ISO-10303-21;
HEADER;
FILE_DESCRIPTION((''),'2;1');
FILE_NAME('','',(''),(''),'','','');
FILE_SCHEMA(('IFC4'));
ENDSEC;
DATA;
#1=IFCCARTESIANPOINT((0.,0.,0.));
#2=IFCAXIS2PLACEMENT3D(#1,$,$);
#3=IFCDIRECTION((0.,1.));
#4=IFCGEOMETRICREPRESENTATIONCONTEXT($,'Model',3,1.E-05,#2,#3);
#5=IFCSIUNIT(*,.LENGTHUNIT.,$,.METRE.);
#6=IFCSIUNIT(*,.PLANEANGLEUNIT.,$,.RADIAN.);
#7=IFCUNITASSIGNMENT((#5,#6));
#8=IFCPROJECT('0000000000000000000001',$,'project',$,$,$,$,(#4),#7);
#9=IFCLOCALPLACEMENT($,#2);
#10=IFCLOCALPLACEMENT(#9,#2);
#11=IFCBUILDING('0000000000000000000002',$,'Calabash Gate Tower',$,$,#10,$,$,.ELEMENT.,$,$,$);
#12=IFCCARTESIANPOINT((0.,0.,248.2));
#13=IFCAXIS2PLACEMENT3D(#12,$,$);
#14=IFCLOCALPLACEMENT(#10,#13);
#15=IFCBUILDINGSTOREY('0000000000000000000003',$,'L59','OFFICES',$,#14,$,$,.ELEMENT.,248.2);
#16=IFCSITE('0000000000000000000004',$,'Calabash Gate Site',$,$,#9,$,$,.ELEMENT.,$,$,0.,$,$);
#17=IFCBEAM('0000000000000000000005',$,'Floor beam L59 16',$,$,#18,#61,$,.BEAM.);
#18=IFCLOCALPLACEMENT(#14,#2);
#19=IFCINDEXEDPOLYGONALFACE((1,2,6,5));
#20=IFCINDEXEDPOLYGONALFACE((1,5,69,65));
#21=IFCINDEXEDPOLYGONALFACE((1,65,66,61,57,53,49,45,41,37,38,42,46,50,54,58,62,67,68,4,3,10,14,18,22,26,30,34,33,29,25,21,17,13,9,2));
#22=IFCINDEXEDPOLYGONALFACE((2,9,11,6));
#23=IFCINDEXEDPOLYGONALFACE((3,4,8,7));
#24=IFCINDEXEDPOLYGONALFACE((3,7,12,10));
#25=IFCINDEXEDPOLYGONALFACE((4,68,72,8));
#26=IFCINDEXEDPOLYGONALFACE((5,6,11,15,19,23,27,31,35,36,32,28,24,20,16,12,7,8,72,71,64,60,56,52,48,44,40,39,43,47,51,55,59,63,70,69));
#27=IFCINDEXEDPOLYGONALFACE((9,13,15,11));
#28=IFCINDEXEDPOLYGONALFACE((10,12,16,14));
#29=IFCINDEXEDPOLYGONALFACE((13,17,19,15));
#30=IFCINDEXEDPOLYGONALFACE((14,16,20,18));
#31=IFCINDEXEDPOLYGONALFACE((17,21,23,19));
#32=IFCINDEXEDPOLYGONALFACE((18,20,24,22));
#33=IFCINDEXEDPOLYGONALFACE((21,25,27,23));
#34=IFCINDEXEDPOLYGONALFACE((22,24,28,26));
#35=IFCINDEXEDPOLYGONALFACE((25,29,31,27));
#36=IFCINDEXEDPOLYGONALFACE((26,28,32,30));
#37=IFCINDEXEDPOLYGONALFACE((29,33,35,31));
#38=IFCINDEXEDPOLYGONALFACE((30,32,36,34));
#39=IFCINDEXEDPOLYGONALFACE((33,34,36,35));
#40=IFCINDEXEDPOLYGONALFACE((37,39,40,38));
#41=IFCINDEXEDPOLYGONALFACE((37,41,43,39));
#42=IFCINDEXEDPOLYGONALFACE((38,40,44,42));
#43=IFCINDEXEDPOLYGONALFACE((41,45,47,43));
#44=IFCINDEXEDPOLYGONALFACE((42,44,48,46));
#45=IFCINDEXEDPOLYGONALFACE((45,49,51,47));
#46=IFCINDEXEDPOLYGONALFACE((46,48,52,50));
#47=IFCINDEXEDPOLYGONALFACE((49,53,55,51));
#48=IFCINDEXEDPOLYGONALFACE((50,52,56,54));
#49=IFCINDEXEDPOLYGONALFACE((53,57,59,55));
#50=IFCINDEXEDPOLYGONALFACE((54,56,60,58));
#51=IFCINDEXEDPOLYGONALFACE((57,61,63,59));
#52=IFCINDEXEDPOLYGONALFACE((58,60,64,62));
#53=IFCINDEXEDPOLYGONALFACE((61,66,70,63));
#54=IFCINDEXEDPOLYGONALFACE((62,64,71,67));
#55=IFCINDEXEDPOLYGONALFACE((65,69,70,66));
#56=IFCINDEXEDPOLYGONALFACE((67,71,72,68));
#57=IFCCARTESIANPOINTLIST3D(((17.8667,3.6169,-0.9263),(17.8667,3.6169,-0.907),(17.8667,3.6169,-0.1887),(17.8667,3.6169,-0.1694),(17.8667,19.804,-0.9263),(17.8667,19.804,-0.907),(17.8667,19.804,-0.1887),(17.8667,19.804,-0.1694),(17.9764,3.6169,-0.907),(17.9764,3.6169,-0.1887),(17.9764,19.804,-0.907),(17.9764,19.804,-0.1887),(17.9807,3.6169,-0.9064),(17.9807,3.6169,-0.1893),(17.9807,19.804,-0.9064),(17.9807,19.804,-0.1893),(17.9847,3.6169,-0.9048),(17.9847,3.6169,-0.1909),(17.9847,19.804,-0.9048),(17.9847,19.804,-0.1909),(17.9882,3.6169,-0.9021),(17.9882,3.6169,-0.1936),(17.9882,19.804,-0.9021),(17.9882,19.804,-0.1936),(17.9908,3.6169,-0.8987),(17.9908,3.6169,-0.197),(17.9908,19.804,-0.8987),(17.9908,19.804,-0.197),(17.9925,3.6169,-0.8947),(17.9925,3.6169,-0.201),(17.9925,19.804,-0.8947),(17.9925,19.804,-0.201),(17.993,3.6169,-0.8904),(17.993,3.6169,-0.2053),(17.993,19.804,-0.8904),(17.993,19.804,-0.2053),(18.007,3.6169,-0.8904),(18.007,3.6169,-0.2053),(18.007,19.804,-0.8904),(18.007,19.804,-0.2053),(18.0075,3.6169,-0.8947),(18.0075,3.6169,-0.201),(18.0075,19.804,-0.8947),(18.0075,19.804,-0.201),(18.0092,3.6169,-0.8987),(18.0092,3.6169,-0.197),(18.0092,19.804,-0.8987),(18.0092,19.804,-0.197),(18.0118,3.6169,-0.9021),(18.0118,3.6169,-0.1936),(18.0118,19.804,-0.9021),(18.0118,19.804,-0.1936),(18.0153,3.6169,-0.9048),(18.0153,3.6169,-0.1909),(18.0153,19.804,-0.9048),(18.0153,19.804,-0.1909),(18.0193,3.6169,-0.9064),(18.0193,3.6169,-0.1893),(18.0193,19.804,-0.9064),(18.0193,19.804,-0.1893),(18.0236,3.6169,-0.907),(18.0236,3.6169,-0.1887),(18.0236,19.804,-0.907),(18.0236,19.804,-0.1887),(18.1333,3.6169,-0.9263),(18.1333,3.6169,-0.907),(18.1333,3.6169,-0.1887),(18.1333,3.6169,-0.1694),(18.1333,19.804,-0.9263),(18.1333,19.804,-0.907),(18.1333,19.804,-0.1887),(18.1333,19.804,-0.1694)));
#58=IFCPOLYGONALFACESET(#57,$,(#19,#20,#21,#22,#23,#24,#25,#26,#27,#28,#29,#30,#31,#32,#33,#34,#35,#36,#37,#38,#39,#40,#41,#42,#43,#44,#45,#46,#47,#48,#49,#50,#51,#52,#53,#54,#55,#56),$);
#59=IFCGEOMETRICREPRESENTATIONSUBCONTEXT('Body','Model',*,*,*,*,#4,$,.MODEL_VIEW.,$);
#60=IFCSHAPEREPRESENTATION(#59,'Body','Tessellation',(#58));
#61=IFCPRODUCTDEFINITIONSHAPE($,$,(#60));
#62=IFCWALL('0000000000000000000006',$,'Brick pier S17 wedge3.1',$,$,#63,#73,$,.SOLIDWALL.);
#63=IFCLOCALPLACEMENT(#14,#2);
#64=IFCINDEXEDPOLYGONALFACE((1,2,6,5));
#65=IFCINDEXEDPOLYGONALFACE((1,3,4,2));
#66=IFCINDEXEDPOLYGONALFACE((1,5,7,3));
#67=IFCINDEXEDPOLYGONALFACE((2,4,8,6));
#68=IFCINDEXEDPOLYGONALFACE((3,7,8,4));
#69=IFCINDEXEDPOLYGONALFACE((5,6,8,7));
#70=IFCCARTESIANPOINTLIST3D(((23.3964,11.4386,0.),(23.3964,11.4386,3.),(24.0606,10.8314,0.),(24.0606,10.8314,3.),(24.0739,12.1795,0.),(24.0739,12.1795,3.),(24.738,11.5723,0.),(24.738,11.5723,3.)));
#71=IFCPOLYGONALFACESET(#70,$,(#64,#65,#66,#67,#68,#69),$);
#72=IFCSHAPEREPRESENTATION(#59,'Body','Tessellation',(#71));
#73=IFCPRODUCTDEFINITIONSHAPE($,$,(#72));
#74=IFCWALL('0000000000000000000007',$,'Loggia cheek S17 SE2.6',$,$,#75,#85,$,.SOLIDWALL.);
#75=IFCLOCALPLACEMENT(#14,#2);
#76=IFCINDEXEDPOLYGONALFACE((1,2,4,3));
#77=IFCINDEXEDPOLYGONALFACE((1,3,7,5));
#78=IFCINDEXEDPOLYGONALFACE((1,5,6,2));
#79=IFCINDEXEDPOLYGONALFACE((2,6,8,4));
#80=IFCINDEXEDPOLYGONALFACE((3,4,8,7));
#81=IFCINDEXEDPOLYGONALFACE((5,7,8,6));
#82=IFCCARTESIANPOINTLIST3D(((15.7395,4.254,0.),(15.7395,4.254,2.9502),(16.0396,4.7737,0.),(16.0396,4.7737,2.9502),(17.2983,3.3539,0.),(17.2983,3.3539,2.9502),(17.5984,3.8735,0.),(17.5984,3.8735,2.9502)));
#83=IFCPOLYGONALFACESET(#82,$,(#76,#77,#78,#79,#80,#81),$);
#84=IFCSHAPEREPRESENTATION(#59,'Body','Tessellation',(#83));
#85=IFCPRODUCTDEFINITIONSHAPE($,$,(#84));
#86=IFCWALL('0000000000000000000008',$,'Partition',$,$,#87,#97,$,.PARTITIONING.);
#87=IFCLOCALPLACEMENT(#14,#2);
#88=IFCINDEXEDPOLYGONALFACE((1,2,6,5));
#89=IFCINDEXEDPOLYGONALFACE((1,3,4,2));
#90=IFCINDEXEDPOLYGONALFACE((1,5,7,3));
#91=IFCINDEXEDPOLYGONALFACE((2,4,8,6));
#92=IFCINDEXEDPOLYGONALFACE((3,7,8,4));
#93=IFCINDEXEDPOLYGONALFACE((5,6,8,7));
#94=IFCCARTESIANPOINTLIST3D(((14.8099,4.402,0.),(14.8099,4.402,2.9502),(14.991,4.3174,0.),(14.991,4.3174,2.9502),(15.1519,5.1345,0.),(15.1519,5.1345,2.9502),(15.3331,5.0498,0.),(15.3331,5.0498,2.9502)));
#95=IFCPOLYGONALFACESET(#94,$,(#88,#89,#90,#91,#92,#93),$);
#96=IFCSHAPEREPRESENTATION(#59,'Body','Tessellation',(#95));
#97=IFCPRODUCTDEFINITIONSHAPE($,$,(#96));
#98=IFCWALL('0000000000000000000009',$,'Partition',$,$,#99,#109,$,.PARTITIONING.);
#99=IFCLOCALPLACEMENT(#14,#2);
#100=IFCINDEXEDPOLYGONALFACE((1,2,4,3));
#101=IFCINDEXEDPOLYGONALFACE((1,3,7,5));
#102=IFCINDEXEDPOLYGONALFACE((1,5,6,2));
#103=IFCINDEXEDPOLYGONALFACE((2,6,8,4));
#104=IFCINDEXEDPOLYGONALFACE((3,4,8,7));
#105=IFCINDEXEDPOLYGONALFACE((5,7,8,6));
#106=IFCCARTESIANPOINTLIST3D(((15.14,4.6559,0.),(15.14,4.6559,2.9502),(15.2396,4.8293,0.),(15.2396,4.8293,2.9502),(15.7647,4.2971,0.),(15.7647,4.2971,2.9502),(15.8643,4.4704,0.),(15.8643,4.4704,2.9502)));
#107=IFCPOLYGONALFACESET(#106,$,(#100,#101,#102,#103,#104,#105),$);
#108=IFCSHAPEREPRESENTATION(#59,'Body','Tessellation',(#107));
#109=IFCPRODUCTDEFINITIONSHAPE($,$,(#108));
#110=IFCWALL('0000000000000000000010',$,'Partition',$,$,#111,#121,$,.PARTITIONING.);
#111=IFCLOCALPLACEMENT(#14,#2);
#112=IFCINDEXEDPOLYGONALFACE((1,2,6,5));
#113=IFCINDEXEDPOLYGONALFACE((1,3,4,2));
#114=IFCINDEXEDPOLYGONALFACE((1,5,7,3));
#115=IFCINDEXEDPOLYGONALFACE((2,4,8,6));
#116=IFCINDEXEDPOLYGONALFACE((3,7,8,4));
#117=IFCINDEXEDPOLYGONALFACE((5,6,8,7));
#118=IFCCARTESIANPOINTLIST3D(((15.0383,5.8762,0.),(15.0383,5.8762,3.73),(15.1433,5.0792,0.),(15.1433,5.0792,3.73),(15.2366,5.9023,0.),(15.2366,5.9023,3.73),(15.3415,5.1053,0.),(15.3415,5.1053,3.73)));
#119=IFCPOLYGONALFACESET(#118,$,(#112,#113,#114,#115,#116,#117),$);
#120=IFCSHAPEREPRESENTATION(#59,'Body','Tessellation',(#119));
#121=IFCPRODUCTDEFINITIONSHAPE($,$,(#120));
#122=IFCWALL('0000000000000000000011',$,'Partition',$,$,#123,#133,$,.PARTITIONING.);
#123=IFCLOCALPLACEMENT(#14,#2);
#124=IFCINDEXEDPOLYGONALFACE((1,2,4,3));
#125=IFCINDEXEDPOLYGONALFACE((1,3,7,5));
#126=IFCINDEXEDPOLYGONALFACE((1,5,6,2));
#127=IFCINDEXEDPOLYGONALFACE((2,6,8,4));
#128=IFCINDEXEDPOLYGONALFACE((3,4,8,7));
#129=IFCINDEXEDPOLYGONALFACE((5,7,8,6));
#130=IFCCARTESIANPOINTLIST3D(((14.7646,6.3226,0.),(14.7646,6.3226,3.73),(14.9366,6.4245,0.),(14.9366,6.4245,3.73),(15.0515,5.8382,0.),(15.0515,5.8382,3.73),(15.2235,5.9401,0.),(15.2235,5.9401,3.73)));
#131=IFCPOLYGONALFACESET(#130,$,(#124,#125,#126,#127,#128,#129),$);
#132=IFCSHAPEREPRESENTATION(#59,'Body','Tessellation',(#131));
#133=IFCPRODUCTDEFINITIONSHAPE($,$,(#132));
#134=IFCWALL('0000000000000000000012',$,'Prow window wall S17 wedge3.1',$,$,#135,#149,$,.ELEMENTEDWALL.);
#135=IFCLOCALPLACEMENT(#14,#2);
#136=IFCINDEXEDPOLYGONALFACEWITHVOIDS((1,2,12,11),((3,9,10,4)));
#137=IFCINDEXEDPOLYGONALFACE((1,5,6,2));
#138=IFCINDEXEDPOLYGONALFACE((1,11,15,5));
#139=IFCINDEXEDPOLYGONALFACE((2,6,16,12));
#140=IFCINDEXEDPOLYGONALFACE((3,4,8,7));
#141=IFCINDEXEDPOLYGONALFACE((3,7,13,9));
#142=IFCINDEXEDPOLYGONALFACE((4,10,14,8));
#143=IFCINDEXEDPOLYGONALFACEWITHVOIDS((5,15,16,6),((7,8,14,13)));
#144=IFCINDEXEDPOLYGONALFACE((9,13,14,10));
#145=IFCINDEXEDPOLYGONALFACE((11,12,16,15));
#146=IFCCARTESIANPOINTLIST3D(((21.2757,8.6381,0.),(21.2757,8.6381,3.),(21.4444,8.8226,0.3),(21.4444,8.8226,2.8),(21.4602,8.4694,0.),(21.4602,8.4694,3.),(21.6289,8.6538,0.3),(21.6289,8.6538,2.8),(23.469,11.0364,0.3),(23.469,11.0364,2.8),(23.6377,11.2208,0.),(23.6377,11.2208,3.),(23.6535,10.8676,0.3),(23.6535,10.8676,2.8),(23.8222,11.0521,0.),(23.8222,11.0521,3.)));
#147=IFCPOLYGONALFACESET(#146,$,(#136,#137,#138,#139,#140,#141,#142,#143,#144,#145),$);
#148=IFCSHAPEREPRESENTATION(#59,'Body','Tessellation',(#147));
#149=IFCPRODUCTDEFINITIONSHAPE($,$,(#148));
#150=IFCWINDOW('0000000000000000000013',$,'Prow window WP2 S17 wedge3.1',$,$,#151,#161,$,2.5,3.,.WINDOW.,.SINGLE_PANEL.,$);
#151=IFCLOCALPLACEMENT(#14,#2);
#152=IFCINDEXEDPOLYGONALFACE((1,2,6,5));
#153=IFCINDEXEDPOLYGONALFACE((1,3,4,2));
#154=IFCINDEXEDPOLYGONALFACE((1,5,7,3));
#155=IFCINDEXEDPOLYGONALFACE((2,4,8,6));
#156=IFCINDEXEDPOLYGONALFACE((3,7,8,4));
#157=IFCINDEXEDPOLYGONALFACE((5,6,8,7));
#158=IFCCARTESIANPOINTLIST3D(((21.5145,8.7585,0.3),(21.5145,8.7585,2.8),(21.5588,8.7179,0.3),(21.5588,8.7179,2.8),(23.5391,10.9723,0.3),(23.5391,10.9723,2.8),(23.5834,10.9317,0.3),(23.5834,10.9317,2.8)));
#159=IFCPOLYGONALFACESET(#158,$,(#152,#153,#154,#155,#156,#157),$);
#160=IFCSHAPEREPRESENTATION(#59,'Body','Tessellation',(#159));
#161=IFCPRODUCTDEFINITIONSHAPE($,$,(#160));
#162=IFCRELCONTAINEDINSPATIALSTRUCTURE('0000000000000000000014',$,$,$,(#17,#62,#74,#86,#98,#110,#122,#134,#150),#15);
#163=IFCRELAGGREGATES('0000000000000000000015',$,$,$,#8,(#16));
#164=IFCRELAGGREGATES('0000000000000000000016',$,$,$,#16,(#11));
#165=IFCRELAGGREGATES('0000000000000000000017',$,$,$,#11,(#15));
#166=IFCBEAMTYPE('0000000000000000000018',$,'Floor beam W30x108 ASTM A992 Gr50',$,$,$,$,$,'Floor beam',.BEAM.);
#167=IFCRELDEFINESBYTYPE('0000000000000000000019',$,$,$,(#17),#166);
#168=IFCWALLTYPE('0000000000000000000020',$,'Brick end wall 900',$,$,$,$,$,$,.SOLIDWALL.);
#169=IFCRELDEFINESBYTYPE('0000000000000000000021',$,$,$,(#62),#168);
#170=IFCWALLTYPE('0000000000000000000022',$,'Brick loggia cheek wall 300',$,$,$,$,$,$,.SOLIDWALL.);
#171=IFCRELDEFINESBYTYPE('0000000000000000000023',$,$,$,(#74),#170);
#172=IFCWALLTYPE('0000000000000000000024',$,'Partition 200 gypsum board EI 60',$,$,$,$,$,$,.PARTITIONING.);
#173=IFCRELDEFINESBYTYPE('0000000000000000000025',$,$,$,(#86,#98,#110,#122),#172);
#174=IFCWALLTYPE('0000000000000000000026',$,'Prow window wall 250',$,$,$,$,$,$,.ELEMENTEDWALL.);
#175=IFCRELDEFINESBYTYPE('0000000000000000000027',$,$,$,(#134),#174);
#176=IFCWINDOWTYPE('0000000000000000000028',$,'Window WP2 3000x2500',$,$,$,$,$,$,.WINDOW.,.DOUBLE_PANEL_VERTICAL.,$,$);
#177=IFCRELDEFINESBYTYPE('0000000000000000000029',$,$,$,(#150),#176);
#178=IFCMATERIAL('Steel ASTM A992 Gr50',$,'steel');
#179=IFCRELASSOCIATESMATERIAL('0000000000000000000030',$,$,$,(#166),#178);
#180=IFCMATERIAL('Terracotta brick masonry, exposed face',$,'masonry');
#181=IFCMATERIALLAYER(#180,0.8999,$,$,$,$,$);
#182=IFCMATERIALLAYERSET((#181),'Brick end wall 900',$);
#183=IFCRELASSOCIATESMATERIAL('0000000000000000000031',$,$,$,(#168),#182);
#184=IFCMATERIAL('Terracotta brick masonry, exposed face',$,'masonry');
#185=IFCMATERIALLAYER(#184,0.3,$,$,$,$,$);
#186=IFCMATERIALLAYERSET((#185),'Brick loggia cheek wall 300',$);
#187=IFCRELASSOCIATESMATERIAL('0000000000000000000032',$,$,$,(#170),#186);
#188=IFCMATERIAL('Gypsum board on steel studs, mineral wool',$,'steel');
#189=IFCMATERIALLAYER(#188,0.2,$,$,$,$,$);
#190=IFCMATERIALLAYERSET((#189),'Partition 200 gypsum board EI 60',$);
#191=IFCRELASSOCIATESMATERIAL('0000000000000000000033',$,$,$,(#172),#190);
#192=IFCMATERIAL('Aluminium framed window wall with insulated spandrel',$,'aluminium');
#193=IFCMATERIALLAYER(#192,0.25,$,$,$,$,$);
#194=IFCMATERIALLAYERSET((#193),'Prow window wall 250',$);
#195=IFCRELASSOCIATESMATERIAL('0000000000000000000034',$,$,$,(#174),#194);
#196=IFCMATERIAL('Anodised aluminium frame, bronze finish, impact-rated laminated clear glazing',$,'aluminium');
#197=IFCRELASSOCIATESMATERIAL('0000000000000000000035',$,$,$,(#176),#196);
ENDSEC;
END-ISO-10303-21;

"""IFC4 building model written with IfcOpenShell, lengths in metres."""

from ifc_helpers import new_model, si_unit, direction, frame, frame_2d, origin, origin_2d, place, context, subcontext, project, spatial, rectangle, i_section, extrude, material, layer, layer_set, material_profile, profile_set, type_object, element, fill, save


model = new_model("IFC4")

# Units and contexts
model_context = context("Model", 3, precision=1e-05, world=origin(), true_north=direction((0.0, 1.0)))
body_context = subcontext(model_context, "Body", "Model", "MODEL_VIEW")
ifc_project = project(units=[si_unit("LENGTHUNIT", "METRE"), si_unit("PLANEANGLEUNIT", "RADIAN")], contexts=[model_context])

# Site, building, storey
site_placement = place(None, origin())
site = spatial("IfcSite", under=ifc_project, at=site_placement, Name="Calabash Gate Site", CompositionType="ELEMENT", RefElevation=0.0)
building_placement = place(site_placement, origin())
building = spatial("IfcBuilding", under=site, at=building_placement, Name="Calabash Gate Tower", CompositionType="ELEMENT")
storey_placement = place(building_placement, frame((0.0, 0.0, 248.2)))
storey = spatial("IfcBuildingStorey", under=building, at=storey_placement, Name="L59", Description="OFFICES", CompositionType="ELEMENT", Elevation=248.2)

# Beam
ifc_material_1 = material(Name="Steel ASTM A992 Gr50", Category="steel")
ifc_material_profile_1 = material_profile(ifc_material_1, i_section(OverallWidth=0.2666, OverallDepth=0.7568, WebThickness=0.0139, FlangeThickness=0.0193, FilletRadius=0.0166, at=origin_2d()))
ifc_profile_set_1 = profile_set([ifc_material_profile_1], Name="Steel ASTM A992 Gr50")
beam_type_1 = type_object("IfcBeamType", Name="Floor beam W30x108 ASTM A992 Gr50", ElementType="Floor beam", PredefinedType="BEAM", material=ifc_profile_set_1)
beam_1_placement = place(storey_placement, frame((18.0, 3.6169, -0.5479), z_axis=(0.0, 1.0, 0.0), x_axis=(-1.0, 0.0, 0.0)))
element("IfcBeam", 1, at=beam_1_placement, inside=storey, type_object=beam_type_1, Name="Floor beam L59 16", PredefinedType="BEAM", context=body_context, shape_type="SweptSolid", body=[
    extrude(i_section(OverallWidth=0.2666, OverallDepth=0.7568, WebThickness=0.0139, FlangeThickness=0.0193, FilletRadius=0.0166, at=origin_2d()), origin(), (0.0, 0.0, 1.0), 16.187),
])

# Walls
ifc_material_2 = material(Name="Terracotta brick masonry, exposed face", Category="masonry")
ifc_layer_1 = layer(ifc_material_2, 0.8999)
ifc_layer_set_1 = layer_set([ifc_layer_1], Name="Brick end wall 900")
wall_type_1 = type_object("IfcWallType", Name="Brick end wall 900", PredefinedType="SOLIDWALL", material=ifc_layer_set_1)
wall_1_placement = place(storey_placement, frame((23.7285, 11.135, 0.0), z_axis=(0.0, 0.0, 1.0), x_axis=(0.674788, 0.738012, 0.0)))
element("IfcWall", 2, at=wall_1_placement, inside=storey, type_object=wall_type_1, Name="Brick pier S17 wedge3.1", PredefinedType="SOLIDWALL", context=body_context, shape_type="SweptSolid", body=[
    extrude(rectangle(XDim=1.0039, YDim=0.8999, at=frame_2d((0.502, 0.0))), origin(), (0.0, 0.0, 1.0), 3.0),
])
ifc_material_3 = material(Name="Terracotta brick masonry, exposed face", Category="masonry")
ifc_layer_2 = layer(ifc_material_3, 0.3)
ifc_layer_set_2 = layer_set([ifc_layer_2], Name="Brick loggia cheek wall 300")
wall_type_2 = type_object("IfcWallType", Name="Brick loggia cheek wall 300", PredefinedType="SOLIDWALL", material=ifc_layer_set_2)
wall_2_placement = place(storey_placement, frame((17.4482, 3.6138, 0.0), z_axis=(0.0, 0.0, 1.0), x_axis=(-0.865989, 0.500063, 0.0)))
element("IfcWall", 3, at=wall_2_placement, inside=storey, type_object=wall_type_2, Name="Loggia cheek S17 SE2.6", PredefinedType="SOLIDWALL", context=body_context, shape_type="SweptSolid", body=[
    extrude(rectangle(XDim=1.8, YDim=0.6001, at=frame_2d((0.8999, 0.0))), origin(), (0.0, 0.0, 1.0), 2.9502),
])
ifc_material_4 = material(Name="Gypsum board on steel studs, mineral wool", Category="steel")
ifc_layer_3 = layer(ifc_material_4, 0.2)
ifc_layer_set_3 = layer_set([ifc_layer_3], Name="Partition 200 gypsum board EI 60")
wall_type_3 = type_object("IfcWallType", Name="Partition 200 gypsum board EI 60", PredefinedType="PARTITIONING", material=ifc_layer_set_3)
wall_3_placement = place(storey_placement, frame((14.9004, 4.3596, 0.0), z_axis=(0.0, 0.0, 1.0), x_axis=(0.423133, 0.906067, 0.0)))
element("IfcWall", 4, at=wall_3_placement, inside=storey, type_object=wall_type_3, Name="Partition", PredefinedType="PARTITIONING", context=body_context, shape_type="SweptSolid", body=[
    extrude(rectangle(XDim=0.8083, YDim=0.2, at=frame_2d((0.4043, 0.0))), origin(), (0.0, 0.0, 1.0), 2.9502),
])
wall_4_placement = place(storey_placement, frame((15.1897, 4.7427, 0.0), z_axis=(0.0, 0.0, 1.0), x_axis=(0.867115, -0.498108, 0.0)))
element("IfcWall", 5, at=wall_4_placement, inside=storey, type_object=wall_type_3, Name="Partition", PredefinedType="PARTITIONING", context=body_context, shape_type="SweptSolid", body=[
    extrude(rectangle(XDim=0.7205, YDim=0.2, at=frame_2d((0.3604, 0.0))), origin(), (0.0, 0.0, 1.0), 2.9502),
])
wall_5_placement = place(storey_placement, frame((15.1375, 5.8892, 0.0), z_axis=(0.0, 0.0, 1.0), x_axis=(0.130572, -0.991439, 0.0)))
element("IfcWall", 6, at=wall_5_placement, inside=storey, type_object=wall_type_3, Name="Partition", PredefinedType="PARTITIONING", context=body_context, shape_type="SweptSolid", body=[
    extrude(rectangle(XDim=0.804, YDim=0.2, at=frame_2d((0.4019, 0.0))), origin(), (0.0, 0.0, 1.0), 3.73),
])
wall_6_placement = place(storey_placement, frame((14.8506, 6.3735, 0.0), z_axis=(0.0, 0.0, 1.0), x_axis=(0.509577, -0.860425, 0.0)))
element("IfcWall", 7, at=wall_6_placement, inside=storey, type_object=wall_type_3, Name="Partition", PredefinedType="PARTITIONING", context=body_context, shape_type="SweptSolid", body=[
    extrude(rectangle(XDim=0.563, YDim=0.2, at=frame_2d((0.2815, 0.0))), origin(), (0.0, 0.0, 1.0), 3.73),
])

# Wall, opening, window
ifc_material_5 = material(Name="Aluminium framed window wall with insulated spandrel", Category="aluminium")
ifc_layer_4 = layer(ifc_material_5, 0.25)
ifc_layer_set_4 = layer_set([ifc_layer_4], Name="Prow window wall 250")
wall_type_4 = type_object("IfcWallType", Name="Prow window wall 250", PredefinedType="ELEMENTEDWALL", material=ifc_layer_set_4)
wall_7_placement = place(storey_placement, frame((21.3679, 8.5537, 0.0), z_axis=(0.0, 0.0, 1.0), x_axis=(0.674874, 0.737933, 0.0)))
wall_7 = element("IfcWall", 8, at=wall_7_placement, inside=storey, type_object=wall_type_4, Name="Prow window wall S17 wedge3.1", PredefinedType="ELEMENTEDWALL", context=body_context, shape_type="SweptSolid", body=[
    extrude(rectangle(XDim=3.5, YDim=0.25, at=frame_2d((1.75, 0.0))), origin(), (0.0, 0.0, 1.0), 3.0),
])
opening_1_placement = place(wall_7_placement, frame((0.25, 0.0, 0.3)))
opening_1 = element("IfcOpeningElement", 9, at=opening_1_placement, cuts=wall_7, PredefinedType="OPENING", context=body_context, shape_type="SweptSolid", body=[
    extrude(rectangle(XDim=3.0, YDim=2.5, at=frame_2d((1.5, 1.25))), frame((0.0, 0.135, 0.0), z_axis=(0.0, -1.0, 0.0), x_axis=(1.0, 0.0, 0.0)), (0.0, 0.0, 1.0), 0.27),
])
ifc_material_6 = material(Name="Anodised aluminium frame, bronze finish, impact-rated laminated clear glazing", Category="aluminium")
window_type = type_object("IfcWindowType", Name="Window WP2 3000x2500", PartitioningType="DOUBLE_PANEL_VERTICAL", PredefinedType="WINDOW", material=ifc_material_6)
window_1_placement = place(opening_1_placement, origin())
window_1 = element("IfcWindow", 10, at=window_1_placement, inside=storey, type_object=window_type, Name="Prow window WP2 S17 wedge3.1", OverallHeight=2.5, OverallWidth=3.0, PartitioningType="SINGLE_PANEL", PredefinedType="WINDOW", context=body_context, shape_type="SweptSolid", body=[
    extrude(rectangle(XDim=3.0, YDim=2.5, at=frame_2d((1.5, 1.25))), frame((0.0, 0.03, 0.0), z_axis=(0.0, -1.0, 0.0), x_axis=(1.0, 0.0, 0.0)), (0.0, 0.0, 1.0), 0.0601),
])
fill(opening_1, window_1)

save(model, "model.ifc")
